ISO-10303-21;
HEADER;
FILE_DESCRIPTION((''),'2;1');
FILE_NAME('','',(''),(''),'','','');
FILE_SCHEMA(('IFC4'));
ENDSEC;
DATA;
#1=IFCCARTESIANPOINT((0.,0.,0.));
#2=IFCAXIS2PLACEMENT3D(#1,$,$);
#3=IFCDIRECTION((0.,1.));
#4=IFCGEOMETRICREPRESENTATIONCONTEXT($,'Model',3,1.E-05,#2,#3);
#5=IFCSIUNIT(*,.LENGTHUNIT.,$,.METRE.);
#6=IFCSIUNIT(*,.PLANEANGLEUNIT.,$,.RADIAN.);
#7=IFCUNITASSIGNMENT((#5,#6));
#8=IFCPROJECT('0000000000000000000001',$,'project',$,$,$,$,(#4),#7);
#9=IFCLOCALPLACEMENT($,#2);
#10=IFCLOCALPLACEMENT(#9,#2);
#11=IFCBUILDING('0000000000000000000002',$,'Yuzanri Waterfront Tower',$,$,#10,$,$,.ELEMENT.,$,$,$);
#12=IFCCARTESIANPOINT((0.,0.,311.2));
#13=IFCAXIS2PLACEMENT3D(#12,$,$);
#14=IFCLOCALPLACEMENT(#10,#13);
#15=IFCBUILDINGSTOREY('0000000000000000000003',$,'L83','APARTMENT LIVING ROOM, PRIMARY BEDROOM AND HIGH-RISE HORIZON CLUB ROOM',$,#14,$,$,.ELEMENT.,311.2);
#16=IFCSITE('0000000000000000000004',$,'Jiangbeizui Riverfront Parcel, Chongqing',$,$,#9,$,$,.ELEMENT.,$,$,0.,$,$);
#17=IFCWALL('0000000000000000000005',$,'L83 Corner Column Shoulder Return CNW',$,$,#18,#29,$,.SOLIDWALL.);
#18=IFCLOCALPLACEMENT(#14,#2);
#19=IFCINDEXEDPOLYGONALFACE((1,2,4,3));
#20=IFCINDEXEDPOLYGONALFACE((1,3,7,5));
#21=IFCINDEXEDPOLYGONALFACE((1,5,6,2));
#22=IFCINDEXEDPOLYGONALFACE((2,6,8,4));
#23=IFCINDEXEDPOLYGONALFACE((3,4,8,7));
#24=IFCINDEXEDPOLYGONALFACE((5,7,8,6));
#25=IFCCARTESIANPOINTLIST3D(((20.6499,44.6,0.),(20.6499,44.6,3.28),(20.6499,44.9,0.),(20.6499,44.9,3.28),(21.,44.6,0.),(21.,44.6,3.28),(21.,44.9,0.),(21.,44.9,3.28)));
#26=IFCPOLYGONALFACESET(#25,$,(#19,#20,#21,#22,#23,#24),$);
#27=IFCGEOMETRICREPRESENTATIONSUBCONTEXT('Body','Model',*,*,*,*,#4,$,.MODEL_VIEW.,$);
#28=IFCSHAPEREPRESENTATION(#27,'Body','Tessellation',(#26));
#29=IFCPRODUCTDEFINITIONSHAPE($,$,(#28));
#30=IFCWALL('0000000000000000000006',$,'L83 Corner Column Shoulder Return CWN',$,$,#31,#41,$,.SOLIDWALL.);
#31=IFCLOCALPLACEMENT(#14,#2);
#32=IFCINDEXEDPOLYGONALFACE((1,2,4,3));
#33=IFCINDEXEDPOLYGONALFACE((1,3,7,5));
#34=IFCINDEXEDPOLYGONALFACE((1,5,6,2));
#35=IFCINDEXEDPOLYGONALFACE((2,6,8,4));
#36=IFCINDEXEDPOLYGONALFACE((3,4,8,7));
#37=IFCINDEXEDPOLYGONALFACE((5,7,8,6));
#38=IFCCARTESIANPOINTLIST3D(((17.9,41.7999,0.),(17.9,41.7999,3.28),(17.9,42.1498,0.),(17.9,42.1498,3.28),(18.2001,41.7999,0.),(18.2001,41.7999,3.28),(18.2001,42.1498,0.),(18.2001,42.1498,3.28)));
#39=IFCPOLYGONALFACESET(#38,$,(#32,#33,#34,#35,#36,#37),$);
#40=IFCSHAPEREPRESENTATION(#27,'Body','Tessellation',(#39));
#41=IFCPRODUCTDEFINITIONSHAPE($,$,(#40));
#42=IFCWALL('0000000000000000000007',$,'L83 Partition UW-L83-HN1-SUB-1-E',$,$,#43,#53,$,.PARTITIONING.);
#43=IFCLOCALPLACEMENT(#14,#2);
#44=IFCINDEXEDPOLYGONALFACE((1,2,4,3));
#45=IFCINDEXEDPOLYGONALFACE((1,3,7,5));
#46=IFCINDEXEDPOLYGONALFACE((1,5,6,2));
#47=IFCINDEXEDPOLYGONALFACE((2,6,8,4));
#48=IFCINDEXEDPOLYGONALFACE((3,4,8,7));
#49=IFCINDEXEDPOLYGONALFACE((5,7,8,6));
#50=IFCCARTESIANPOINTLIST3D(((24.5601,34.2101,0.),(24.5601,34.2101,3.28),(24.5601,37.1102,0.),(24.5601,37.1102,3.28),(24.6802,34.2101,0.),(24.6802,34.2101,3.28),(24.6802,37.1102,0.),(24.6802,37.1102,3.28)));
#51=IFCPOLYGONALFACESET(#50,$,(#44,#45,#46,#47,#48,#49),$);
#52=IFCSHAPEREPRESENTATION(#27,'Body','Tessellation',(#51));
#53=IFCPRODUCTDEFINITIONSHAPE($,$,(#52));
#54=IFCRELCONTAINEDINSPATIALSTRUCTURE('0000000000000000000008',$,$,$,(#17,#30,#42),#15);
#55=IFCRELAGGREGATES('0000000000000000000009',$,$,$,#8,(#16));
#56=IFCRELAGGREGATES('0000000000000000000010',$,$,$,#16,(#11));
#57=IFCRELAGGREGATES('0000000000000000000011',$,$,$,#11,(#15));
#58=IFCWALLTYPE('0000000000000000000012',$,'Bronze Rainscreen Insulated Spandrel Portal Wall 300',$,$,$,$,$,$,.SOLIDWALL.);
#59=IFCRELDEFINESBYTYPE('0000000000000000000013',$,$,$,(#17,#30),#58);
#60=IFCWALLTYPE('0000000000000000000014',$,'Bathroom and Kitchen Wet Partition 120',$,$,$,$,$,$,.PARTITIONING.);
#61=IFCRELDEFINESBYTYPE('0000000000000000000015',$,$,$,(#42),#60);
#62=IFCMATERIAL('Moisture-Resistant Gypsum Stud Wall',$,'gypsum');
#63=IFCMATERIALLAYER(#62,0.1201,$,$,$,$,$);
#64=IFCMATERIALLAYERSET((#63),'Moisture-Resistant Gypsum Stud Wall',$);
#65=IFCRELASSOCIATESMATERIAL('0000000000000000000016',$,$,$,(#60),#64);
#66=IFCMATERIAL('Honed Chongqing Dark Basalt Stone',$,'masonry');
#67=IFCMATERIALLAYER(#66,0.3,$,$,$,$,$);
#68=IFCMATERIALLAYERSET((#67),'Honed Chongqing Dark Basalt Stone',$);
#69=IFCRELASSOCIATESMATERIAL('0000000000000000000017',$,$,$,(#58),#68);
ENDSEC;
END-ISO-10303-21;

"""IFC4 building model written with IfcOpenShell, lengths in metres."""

from ifc_helpers import new_model, si_unit, direction, frame, frame_2d, origin, place, context, subcontext, project, spatial, rectangle, extrude, source, transform, mapped, material, layer, layer_set, type_object, element, save


model = new_model("IFC4")

# Units and contexts
model_context = context("Model", 3, precision=1e-05, world=origin(), true_north=direction((0.0, 1.0)))
body_context = subcontext(model_context, "Body", "Model", "MODEL_VIEW")
ifc_project = project(units=[si_unit("LENGTHUNIT", "METRE"), si_unit("PLANEANGLEUNIT", "RADIAN")], contexts=[model_context])

# Site, building, storey
site_placement = place(None, origin())
site = spatial("IfcSite", under=ifc_project, at=site_placement, Name="Jiangbeizui Riverfront Parcel, Chongqing", CompositionType="ELEMENT", RefElevation=0.0)
building_placement = place(site_placement, origin())
building = spatial("IfcBuilding", under=site, at=building_placement, Name="Yuzanri Waterfront Tower", CompositionType="ELEMENT")
storey_placement = place(building_placement, frame((0.0, 0.0, 311.2)))
storey = spatial("IfcBuildingStorey", under=building, at=storey_placement, Name="L83", Description="APARTMENT LIVING ROOM, PRIMARY BEDROOM AND HIGH-RISE HORIZON CLUB ROOM", CompositionType="ELEMENT", Elevation=311.2)

# Shared definitions
ifc_material_1 = material(Name="Moisture-Resistant Gypsum Stud Wall", Category="gypsum")
ifc_layer_1 = layer(ifc_material_1, 0.1201)
ifc_layer_set_1 = layer_set([ifc_layer_1], Name="Moisture-Resistant Gypsum Stud Wall")
wall_type_1 = type_object("IfcWallType", Name="Bathroom and Kitchen Wet Partition 120", PredefinedType="PARTITIONING", material=ifc_layer_set_1)

# Shared definitions
ifc_material_2 = material(Name="Honed Chongqing Dark Basalt Stone", Category="masonry")
ifc_layer_2 = layer(ifc_material_2, 0.3)
ifc_layer_set_2 = layer_set([ifc_layer_2], Name="Honed Chongqing Dark Basalt Stone")
wall_type_2 = type_object("IfcWallType", Name="Bronze Rainscreen Insulated Spandrel Portal Wall 300", PredefinedType="SOLIDWALL", material=ifc_layer_set_2)

# Walls
shared_shape_1 = source(origin(), body_context, "Body", "SweptSolid", [
    extrude(rectangle(XDim=0.3501, YDim=0.3, at=frame_2d((0.175, 0.0))), origin(), (0.0, 0.0, 1.0), 3.28),
])
wall_1_placement = place(storey_placement, frame((20.6499, 44.75, 0.0), z_axis=(0.0, 0.0, 1.0), x_axis=(1.0, 0.0, 0.0)))
element("IfcWall", 1, at=wall_1_placement, inside=storey, type_object=wall_type_2, Name="L83 Corner Column Shoulder Return CNW", PredefinedType="SOLIDWALL", context=body_context, shape_type="MappedRepresentation", body=[
    mapped(shared_shape_1, transform((0.0, 0.0, 0.0), scale=1.0)),
])
shared_shape_2 = source(origin(), body_context, "Body", "SweptSolid", [
    extrude(rectangle(XDim=0.3499, YDim=0.3, at=frame_2d((0.1748, 0.0))), origin(), (0.0, 0.0, 1.0), 3.28),
])
wall_2_placement = place(storey_placement, frame((18.05, 41.8, 0.0), z_axis=(0.0, 0.0, 1.0), x_axis=(0.0, 1.0, 0.0)))
element("IfcWall", 2, at=wall_2_placement, inside=storey, type_object=wall_type_2, Name="L83 Corner Column Shoulder Return CWN", PredefinedType="SOLIDWALL", context=body_context, shape_type="MappedRepresentation", body=[
    mapped(shared_shape_2, transform((0.0, 0.0, 0.0), scale=1.0)),
])
shared_shape_3 = source(origin(), body_context, "Body", "SweptSolid", [
    extrude(rectangle(XDim=2.9001, YDim=0.1201, at=frame_2d((1.4502, 0.0))), origin(), (0.0, 0.0, 1.0), 3.28),
])
wall_3_placement = place(storey_placement, frame((24.6201, 34.21, 0.0), z_axis=(0.0, 0.0, 1.0), x_axis=(0.0, 1.0, 0.0)))
element("IfcWall", 3, at=wall_3_placement, inside=storey, type_object=wall_type_1, Name="L83 Partition UW-L83-HN1-SUB-1-E", PredefinedType="PARTITIONING", context=body_context, shape_type="MappedRepresentation", body=[
    mapped(shared_shape_3, transform((0.0, 0.0, 0.0), scale=1.0)),
])

save(model, "model.ifc")
